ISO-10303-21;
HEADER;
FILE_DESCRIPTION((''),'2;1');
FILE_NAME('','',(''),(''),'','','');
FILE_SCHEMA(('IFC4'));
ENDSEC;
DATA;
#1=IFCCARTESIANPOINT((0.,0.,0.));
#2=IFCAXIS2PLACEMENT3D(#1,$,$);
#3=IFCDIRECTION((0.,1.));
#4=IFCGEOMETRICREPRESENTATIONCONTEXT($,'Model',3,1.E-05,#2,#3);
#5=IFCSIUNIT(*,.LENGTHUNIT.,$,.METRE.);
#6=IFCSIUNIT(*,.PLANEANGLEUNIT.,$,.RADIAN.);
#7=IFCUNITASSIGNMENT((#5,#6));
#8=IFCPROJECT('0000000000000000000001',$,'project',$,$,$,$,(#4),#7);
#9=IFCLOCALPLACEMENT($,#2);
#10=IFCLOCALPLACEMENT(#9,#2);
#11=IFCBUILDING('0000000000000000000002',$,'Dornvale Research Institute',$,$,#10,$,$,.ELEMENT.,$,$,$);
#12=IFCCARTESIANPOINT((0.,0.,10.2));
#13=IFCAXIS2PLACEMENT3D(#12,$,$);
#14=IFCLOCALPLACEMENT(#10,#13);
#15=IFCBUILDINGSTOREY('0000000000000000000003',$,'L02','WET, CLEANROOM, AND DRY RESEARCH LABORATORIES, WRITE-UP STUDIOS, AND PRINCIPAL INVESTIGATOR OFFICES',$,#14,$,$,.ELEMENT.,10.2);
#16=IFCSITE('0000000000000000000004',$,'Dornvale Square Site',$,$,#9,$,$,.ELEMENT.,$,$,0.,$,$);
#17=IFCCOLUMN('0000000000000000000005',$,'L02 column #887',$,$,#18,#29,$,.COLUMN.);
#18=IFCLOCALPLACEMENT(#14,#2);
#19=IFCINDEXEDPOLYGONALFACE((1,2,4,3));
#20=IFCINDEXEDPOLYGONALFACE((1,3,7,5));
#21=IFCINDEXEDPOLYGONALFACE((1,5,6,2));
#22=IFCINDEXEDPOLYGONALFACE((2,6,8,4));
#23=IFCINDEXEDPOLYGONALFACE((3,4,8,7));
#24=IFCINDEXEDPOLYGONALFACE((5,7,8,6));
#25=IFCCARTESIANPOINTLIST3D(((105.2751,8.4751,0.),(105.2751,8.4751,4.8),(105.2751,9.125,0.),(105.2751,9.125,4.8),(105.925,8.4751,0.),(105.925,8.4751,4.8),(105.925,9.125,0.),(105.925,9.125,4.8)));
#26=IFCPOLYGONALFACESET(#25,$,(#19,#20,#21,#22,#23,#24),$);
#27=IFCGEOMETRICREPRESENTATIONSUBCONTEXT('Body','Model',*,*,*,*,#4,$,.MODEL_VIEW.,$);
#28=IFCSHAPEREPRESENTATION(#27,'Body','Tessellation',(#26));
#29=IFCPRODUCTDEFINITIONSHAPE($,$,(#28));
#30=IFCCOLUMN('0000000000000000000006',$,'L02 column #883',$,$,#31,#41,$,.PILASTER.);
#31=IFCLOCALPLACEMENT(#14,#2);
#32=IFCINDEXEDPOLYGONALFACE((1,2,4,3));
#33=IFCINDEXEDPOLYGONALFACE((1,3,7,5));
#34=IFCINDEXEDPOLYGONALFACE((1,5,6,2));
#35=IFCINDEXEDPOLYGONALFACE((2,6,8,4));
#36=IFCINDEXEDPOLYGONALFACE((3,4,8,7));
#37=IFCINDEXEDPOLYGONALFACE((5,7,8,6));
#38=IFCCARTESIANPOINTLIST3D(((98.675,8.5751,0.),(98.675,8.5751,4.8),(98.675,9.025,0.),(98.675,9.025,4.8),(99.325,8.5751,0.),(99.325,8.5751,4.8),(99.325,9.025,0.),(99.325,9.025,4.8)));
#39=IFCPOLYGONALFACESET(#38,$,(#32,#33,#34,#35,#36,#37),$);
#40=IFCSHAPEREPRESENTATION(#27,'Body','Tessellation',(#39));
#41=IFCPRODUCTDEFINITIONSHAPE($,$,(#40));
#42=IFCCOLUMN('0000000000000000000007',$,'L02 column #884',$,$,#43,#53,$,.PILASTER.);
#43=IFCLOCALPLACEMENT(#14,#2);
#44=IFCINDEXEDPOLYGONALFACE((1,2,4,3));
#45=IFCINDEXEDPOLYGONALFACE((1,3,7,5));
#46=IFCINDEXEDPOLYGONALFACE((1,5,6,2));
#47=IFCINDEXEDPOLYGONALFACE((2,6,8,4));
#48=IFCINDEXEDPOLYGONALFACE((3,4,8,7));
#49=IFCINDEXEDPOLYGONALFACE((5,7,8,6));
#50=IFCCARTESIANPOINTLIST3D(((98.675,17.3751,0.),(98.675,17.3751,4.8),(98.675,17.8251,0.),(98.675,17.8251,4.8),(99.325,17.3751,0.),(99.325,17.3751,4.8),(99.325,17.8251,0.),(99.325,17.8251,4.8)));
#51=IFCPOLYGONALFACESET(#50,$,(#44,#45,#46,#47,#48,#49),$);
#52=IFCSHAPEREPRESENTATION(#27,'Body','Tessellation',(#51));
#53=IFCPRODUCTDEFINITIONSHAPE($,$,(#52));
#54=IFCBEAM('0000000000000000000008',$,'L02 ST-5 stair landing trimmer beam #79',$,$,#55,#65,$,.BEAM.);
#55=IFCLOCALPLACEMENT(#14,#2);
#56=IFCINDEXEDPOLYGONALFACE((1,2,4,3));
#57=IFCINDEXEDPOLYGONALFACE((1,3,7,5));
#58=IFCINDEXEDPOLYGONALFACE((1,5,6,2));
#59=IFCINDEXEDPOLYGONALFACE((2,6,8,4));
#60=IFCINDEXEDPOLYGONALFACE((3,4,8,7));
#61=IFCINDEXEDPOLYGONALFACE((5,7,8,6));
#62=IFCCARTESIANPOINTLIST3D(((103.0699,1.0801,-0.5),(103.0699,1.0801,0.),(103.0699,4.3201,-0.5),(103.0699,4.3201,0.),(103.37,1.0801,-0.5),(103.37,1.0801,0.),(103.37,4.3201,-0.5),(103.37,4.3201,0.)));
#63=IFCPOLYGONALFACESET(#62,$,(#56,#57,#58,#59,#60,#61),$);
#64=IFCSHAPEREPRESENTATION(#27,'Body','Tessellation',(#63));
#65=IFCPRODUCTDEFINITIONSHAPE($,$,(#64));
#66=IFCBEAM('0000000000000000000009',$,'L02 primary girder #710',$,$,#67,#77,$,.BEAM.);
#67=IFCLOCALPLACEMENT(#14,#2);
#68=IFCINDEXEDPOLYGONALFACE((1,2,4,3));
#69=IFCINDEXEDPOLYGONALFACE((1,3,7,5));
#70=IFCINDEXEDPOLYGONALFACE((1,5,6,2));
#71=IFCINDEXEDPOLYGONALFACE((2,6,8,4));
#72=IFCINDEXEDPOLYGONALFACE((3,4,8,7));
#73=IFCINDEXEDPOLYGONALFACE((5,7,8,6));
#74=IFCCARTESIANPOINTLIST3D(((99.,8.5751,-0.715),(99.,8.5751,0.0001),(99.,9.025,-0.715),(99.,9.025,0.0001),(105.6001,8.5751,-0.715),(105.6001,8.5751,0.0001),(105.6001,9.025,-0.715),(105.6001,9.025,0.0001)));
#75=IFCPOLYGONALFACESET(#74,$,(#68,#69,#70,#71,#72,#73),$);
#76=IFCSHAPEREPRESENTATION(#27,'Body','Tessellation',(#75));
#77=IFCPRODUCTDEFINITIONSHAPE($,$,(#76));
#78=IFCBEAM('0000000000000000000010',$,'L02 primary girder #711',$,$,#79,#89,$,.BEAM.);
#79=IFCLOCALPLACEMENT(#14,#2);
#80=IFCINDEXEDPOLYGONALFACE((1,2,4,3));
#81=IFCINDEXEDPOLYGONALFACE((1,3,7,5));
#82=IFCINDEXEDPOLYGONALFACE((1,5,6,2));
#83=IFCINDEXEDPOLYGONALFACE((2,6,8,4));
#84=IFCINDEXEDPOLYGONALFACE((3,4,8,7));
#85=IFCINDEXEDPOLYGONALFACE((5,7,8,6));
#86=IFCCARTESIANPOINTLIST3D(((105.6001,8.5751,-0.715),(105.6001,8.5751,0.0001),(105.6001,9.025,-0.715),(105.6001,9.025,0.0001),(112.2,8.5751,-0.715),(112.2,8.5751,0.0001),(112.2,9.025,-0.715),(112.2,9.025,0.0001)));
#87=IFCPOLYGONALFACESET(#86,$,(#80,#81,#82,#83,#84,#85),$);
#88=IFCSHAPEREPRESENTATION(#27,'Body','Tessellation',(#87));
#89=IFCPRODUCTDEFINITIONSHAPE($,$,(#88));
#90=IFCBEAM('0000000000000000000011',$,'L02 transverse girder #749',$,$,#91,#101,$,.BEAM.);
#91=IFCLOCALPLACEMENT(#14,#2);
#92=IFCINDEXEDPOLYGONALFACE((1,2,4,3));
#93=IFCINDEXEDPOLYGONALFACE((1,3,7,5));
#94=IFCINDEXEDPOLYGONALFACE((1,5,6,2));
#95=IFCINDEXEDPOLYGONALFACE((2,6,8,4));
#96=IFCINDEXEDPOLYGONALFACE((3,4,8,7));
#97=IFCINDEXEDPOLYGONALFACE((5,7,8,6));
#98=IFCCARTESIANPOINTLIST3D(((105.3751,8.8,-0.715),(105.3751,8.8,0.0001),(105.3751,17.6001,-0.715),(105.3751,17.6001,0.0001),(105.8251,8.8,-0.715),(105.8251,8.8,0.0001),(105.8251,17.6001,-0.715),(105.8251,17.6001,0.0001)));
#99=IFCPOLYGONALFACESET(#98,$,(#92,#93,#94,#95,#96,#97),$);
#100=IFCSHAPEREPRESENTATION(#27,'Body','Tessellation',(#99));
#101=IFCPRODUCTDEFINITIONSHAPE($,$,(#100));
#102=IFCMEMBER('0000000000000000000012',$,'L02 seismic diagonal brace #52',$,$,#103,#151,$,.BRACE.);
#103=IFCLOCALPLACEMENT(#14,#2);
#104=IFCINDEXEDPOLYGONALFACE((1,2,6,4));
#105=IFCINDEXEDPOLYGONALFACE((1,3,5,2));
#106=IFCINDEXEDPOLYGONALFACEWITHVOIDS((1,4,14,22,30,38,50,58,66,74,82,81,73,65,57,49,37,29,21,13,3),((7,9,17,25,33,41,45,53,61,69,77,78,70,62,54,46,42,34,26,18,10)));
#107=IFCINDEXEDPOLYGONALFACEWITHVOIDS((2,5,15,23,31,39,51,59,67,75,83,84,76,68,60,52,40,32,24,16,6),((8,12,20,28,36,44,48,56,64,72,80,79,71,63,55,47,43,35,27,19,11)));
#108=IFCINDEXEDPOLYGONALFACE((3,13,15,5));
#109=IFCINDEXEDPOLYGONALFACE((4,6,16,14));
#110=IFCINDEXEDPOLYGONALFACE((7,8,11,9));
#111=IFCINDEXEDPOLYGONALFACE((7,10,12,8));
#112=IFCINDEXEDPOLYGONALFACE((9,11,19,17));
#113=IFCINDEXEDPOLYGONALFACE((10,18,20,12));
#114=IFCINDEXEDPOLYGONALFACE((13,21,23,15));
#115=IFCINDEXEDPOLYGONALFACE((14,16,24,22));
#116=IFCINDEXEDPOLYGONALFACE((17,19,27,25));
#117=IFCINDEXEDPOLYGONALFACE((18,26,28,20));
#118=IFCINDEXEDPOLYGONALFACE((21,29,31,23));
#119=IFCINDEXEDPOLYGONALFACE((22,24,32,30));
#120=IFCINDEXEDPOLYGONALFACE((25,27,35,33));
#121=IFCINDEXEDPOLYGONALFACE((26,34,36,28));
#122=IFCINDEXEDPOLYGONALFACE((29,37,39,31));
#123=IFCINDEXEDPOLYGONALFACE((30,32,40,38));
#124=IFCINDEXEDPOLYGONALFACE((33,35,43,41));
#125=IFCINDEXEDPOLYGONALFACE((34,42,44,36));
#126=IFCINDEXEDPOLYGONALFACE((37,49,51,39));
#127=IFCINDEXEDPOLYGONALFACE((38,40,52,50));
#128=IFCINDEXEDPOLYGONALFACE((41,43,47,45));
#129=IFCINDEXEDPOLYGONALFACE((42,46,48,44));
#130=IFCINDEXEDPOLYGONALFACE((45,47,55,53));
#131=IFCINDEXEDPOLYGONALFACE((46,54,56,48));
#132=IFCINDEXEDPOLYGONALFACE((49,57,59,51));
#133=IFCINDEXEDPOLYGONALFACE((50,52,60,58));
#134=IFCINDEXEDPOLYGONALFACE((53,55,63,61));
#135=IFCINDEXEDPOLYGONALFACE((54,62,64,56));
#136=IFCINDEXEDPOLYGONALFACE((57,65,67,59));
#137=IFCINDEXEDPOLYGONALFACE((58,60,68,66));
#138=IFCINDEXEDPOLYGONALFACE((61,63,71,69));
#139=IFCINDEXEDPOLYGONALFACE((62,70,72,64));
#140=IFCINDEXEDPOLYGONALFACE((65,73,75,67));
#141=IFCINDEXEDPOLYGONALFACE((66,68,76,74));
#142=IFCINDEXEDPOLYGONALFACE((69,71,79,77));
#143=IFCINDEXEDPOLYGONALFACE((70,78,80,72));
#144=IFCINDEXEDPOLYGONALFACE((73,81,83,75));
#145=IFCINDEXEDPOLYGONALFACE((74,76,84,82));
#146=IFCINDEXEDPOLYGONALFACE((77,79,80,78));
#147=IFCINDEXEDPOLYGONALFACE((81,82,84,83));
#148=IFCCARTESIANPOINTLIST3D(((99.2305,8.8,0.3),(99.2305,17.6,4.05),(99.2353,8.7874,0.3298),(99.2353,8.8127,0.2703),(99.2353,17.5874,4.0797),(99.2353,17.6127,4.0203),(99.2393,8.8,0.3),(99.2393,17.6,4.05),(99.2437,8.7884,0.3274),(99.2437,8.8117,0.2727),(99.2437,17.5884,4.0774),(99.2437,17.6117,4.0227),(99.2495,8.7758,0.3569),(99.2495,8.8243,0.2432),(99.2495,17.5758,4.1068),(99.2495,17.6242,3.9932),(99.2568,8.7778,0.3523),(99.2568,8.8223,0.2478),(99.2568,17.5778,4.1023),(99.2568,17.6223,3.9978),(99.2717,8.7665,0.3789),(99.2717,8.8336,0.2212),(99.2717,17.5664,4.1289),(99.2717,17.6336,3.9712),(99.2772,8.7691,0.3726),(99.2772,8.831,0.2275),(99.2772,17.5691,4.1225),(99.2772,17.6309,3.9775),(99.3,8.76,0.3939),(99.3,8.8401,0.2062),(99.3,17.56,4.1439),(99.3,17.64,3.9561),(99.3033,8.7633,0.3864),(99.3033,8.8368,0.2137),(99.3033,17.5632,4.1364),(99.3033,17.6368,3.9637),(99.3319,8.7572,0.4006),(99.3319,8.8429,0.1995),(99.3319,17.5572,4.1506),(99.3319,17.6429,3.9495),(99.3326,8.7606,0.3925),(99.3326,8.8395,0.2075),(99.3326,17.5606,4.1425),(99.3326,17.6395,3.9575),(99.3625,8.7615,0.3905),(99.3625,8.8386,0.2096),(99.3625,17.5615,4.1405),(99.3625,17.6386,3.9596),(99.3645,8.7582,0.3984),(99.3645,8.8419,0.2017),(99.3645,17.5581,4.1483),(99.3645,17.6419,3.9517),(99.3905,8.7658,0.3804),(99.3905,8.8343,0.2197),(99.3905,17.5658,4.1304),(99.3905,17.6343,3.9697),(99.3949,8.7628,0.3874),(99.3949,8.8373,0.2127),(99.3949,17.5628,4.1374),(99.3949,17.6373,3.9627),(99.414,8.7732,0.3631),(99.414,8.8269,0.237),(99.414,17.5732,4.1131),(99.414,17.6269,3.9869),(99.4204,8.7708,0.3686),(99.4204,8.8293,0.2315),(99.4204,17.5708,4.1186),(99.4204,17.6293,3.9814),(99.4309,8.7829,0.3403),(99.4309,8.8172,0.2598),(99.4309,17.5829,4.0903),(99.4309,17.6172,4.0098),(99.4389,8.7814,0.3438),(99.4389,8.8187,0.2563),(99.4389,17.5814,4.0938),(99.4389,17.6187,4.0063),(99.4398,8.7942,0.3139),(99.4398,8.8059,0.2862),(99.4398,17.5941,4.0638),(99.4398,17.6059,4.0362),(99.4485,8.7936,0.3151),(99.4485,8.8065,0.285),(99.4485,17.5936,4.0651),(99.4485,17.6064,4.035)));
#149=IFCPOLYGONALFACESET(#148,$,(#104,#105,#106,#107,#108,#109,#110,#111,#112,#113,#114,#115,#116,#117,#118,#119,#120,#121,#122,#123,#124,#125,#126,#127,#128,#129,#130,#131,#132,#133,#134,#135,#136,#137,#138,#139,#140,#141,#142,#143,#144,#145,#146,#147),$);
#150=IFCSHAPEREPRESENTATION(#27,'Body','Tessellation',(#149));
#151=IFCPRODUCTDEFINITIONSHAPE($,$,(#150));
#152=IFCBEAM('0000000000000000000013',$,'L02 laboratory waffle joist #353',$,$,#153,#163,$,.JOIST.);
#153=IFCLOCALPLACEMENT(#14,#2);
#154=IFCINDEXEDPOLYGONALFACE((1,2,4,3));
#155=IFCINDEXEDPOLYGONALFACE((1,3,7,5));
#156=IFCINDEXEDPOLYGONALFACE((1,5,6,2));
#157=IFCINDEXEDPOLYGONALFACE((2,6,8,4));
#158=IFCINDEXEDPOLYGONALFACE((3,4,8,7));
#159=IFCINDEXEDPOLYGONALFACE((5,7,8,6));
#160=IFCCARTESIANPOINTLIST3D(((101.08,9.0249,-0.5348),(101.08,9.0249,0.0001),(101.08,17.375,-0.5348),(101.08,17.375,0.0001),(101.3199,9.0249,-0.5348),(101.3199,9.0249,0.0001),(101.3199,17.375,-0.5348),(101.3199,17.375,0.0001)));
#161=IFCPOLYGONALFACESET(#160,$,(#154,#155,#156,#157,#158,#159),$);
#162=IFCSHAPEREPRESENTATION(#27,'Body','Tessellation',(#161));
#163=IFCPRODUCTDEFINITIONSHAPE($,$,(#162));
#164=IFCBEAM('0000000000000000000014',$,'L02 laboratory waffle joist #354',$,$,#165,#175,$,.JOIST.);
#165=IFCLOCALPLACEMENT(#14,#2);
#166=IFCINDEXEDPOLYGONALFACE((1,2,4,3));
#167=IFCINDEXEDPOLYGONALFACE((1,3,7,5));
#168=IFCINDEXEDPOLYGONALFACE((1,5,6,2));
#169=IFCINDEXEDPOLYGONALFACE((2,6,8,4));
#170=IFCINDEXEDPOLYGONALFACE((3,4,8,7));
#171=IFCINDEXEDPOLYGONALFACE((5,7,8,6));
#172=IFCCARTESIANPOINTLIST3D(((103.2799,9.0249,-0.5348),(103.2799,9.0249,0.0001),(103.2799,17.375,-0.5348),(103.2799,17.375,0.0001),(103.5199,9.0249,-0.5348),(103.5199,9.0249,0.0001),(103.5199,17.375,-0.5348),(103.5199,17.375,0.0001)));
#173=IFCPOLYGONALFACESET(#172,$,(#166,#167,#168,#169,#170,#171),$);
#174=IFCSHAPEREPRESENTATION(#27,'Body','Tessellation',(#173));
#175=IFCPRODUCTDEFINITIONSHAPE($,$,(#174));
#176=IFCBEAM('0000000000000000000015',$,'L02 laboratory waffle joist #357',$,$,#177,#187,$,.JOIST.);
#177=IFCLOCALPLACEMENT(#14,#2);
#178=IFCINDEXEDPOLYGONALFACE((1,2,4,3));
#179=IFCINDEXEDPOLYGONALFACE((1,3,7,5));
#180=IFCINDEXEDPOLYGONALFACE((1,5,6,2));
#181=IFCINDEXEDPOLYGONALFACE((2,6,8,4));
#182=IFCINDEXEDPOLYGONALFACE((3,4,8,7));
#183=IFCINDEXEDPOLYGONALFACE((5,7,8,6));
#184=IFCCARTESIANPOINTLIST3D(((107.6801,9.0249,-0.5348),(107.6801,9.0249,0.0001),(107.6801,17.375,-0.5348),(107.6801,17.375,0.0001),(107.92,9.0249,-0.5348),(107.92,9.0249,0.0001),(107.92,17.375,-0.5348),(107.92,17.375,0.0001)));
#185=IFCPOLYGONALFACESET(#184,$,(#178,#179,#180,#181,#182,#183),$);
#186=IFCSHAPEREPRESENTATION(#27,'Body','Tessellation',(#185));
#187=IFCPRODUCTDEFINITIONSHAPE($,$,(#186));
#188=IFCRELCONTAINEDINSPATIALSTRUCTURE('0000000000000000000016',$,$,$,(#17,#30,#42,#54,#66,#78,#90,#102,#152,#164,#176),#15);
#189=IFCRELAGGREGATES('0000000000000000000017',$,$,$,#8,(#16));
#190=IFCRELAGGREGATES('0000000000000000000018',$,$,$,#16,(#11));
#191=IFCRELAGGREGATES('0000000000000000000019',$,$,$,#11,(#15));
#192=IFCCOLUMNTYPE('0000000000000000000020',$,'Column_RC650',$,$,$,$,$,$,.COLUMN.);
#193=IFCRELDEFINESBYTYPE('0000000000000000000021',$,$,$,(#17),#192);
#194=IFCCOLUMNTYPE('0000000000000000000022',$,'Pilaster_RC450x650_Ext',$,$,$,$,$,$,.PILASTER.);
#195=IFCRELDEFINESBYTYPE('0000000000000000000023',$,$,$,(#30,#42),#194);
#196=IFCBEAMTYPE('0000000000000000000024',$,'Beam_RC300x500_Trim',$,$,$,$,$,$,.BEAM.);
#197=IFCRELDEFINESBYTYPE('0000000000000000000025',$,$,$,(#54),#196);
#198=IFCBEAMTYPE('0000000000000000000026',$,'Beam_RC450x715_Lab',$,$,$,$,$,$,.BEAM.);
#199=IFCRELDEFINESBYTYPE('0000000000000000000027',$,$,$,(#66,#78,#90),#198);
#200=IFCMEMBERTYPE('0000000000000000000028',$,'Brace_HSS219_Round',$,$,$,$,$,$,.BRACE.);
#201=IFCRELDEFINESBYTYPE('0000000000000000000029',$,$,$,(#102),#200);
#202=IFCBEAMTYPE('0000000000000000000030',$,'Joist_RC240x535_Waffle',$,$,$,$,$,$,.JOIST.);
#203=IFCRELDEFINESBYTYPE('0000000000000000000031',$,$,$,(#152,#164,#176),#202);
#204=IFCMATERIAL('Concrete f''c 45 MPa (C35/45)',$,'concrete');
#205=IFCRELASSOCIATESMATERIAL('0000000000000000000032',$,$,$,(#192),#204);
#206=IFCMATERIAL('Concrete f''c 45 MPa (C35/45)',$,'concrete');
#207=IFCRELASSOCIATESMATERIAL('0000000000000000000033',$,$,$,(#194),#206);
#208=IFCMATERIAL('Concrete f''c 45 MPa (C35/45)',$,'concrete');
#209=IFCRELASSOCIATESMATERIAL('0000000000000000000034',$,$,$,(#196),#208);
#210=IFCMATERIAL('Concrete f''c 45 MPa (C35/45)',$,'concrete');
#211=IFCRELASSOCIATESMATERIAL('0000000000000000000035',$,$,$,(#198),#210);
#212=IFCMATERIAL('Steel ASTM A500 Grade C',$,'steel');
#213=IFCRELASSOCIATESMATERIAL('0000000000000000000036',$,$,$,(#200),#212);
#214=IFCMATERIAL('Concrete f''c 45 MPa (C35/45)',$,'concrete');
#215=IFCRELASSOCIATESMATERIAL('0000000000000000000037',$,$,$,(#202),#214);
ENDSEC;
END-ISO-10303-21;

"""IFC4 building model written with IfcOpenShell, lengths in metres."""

from ifc_helpers import new_model, si_unit, direction, frame, origin, origin_2d, place, context, subcontext, project, spatial, rectangle, hollow_circle, extrude, material, material_profile, profile_set, type_object, element, save


model = new_model("IFC4")

# Units and contexts
model_context = context("Model", 3, precision=1e-05, world=origin(), true_north=direction((0.0, 1.0)))
body_context = subcontext(model_context, "Body", "Model", "MODEL_VIEW")
ifc_project = project(units=[si_unit("LENGTHUNIT", "METRE"), si_unit("PLANEANGLEUNIT", "RADIAN")], contexts=[model_context])

# Site, building, storey
site_placement = place(None, origin())
site = spatial("IfcSite", under=ifc_project, at=site_placement, Name="Dornvale Square Site", CompositionType="ELEMENT", RefElevation=0.0)
building_placement = place(site_placement, origin())
building = spatial("IfcBuilding", under=site, at=building_placement, Name="Dornvale Research Institute", CompositionType="ELEMENT")
storey_placement = place(building_placement, frame((0.0, 0.0, 10.2)))
storey = spatial("IfcBuildingStorey", under=building, at=storey_placement, Name="L02", Description="WET, CLEANROOM, AND DRY RESEARCH LABORATORIES, WRITE-UP STUDIOS, AND PRINCIPAL INVESTIGATOR OFFICES", CompositionType="ELEMENT", Elevation=10.2)

# Columns
ifc_material_1 = material(Name="Concrete f'c 45 MPa (C35/45)", Category="concrete")
ifc_material_profile_1 = material_profile(ifc_material_1, rectangle(XDim=0.6499, YDim=0.6499, at=origin_2d()), Name="RC 650x650")
ifc_profile_set_1 = profile_set([ifc_material_profile_1], Name="Concrete f'c 45 MPa (C35/45)")
column_type_1 = type_object("IfcColumnType", Name="Column_RC650", PredefinedType="COLUMN", material=ifc_profile_set_1)
column_placement = place(storey_placement, frame((105.6001, 8.8, 0.0), z_axis=(0.0, 0.0, 1.0), x_axis=(1.0, 0.0, 0.0)))
element("IfcColumn", 1, at=column_placement, inside=storey, type_object=column_type_1, Name="L02 column #887", PredefinedType="COLUMN", context=body_context, shape_type="SweptSolid", body=[
    extrude(rectangle(XDim=0.6499, YDim=0.6499, at=origin_2d()), origin(), (0.0, 0.0, 1.0), 4.8),
])
ifc_material_2 = material(Name="Concrete f'c 45 MPa (C35/45)", Category="concrete")
ifc_material_profile_2 = material_profile(ifc_material_2, rectangle(XDim=0.45, YDim=0.6499, at=origin_2d()), Name="RC 450x650")
ifc_profile_set_2 = profile_set([ifc_material_profile_2], Name="Concrete f'c 45 MPa (C35/45)")
column_type_2 = type_object("IfcColumnType", Name="Pilaster_RC450x650_Ext", PredefinedType="PILASTER", material=ifc_profile_set_2)
for number, where, z_axis, x_axis, name in (
    (2, (99.0, 8.8, 0.0), (0.0, 0.0, 1.0), (0.0, 1.0, 0.0), "L02 column #883"),
    (3, (99.0, 17.6001, 0.0), (0.0, 0.0, 1.0), (0.0, 1.0, 0.0), "L02 column #884"),
):
    element("IfcColumn", number, at=place(storey_placement, frame(where, z_axis=z_axis, x_axis=x_axis)), inside=storey, type_object=column_type_2, Name=name, PredefinedType="PILASTER", context=body_context, shape_type="SweptSolid", body=[
        extrude(rectangle(XDim=0.45, YDim=0.6499, at=origin_2d()), origin(), (0.0, 0.0, 1.0), 4.8),
    ])

# Beams
ifc_material_3 = material(Name="Concrete f'c 45 MPa (C35/45)", Category="concrete")
ifc_material_profile_3 = material_profile(ifc_material_3, rectangle(XDim=0.3, YDim=0.5, at=origin_2d()), Name="RC 300x500")
ifc_profile_set_3 = profile_set([ifc_material_profile_3], Name="Concrete f'c 45 MPa (C35/45)")
beam_type_1 = type_object("IfcBeamType", Name="Beam_RC300x500_Trim", PredefinedType="BEAM", material=ifc_profile_set_3)
beam_1_placement = place(storey_placement, frame((103.22, 1.0801, -0.25), z_axis=(0.0, 1.0, 0.0), x_axis=(-1.0, 0.0, 0.0)))
element("IfcBeam", 4, at=beam_1_placement, inside=storey, type_object=beam_type_1, Name="L02 ST-5 stair landing trimmer beam #79", PredefinedType="BEAM", context=body_context, shape_type="SweptSolid", body=[
    extrude(rectangle(XDim=0.3, YDim=0.5, at=origin_2d()), origin(), (0.0, 0.0, 1.0), 3.24),
])
ifc_material_4 = material(Name="Concrete f'c 45 MPa (C35/45)", Category="concrete")
ifc_material_profile_4 = material_profile(ifc_material_4, rectangle(XDim=0.45, YDim=0.7151, at=origin_2d()), Name="RC 450x715")
ifc_profile_set_4 = profile_set([ifc_material_profile_4], Name="Concrete f'c 45 MPa (C35/45)")
beam_type_2 = type_object("IfcBeamType", Name="Beam_RC450x715_Lab", PredefinedType="BEAM", material=ifc_profile_set_4)
beam_2_placement = place(storey_placement, frame((99.0, 8.8, -0.3574), z_axis=(1.0, 0.0, 0.0), x_axis=(0.0, 1.0, 0.0)))
element("IfcBeam", 5, at=beam_2_placement, inside=storey, type_object=beam_type_2, Name="L02 primary girder #710", PredefinedType="BEAM", context=body_context, shape_type="SweptSolid", body=[
    extrude(rectangle(XDim=0.45, YDim=0.7151, at=origin_2d()), origin(), (0.0, 0.0, 1.0), 6.6001),
])
beam_3_placement = place(storey_placement, frame((105.6001, 8.8, -0.3574), z_axis=(1.0, 0.0, 0.0), x_axis=(0.0, 1.0, 0.0)))
element("IfcBeam", 6, at=beam_3_placement, inside=storey, type_object=beam_type_2, Name="L02 primary girder #711", PredefinedType="BEAM", context=body_context, shape_type="SweptSolid", body=[
    extrude(rectangle(XDim=0.45, YDim=0.7151, at=origin_2d()), origin(), (0.0, 0.0, 1.0), 6.5999),
])
beam_4_placement = place(storey_placement, frame((105.6001, 8.8, -0.3574), z_axis=(0.0, 1.0, 0.0), x_axis=(-1.0, 0.0, 0.0)))
element("IfcBeam", 7, at=beam_4_placement, inside=storey, type_object=beam_type_2, Name="L02 transverse girder #749", PredefinedType="BEAM", context=body_context, shape_type="SweptSolid", body=[
    extrude(rectangle(XDim=0.45, YDim=0.7151, at=origin_2d()), origin(), (0.0, 0.0, 1.0), 8.8),
])

# Member
ifc_material_5 = material(Name="Steel ASTM A500 Grade C", Category="steel")
ifc_material_profile_5 = material_profile(ifc_material_5, hollow_circle(Radius=0.1096, WallThickness=0.0088, at=origin_2d()), Name="HSS219X9.5")
ifc_profile_set_5 = profile_set([ifc_material_profile_5], Name="Steel ASTM A500 Grade C")
member_type = type_object("IfcMemberType", Name="Brace_HSS219_Round", PredefinedType="BRACE", material=ifc_profile_set_5)
member_placement = place(storey_placement, frame((99.3401, 8.8, 0.3), z_axis=(0.0, 0.919955, 0.392024), x_axis=(-1.0, 0.0, 0.0)))
element("IfcMember", 8, at=member_placement, inside=storey, type_object=member_type, Name="L02 seismic diagonal brace #52", PredefinedType="BRACE", context=body_context, shape_type="SweptSolid", body=[
    extrude(hollow_circle(Radius=0.1096, WallThickness=0.0088, at=origin_2d()), origin(), (0.0, 0.0, 1.0), 9.5657),
])

# Beams
ifc_material_6 = material(Name="Concrete f'c 45 MPa (C35/45)", Category="concrete")
ifc_material_profile_6 = material_profile(ifc_material_6, rectangle(XDim=0.24, YDim=0.5349, at=origin_2d()), Name="RC 240x535")
ifc_profile_set_6 = profile_set([ifc_material_profile_6], Name="Concrete f'c 45 MPa (C35/45)")
beam_type_3 = type_object("IfcBeamType", Name="Joist_RC240x535_Waffle", PredefinedType="JOIST", material=ifc_profile_set_6)
for number, where, z_axis, x_axis, name in (
    (9, (101.2, 9.0249, -0.2673), (0.0, 1.0, 0.0), (-1.0, 0.0, 0.0), "L02 laboratory waffle joist #353"),
    (10, (103.3999, 9.0249, -0.2673), (0.0, 1.0, 0.0), (-1.0, 0.0, 0.0), "L02 laboratory waffle joist #354"),
    (11, (107.8, 9.0249, -0.2673), (0.0, 1.0, 0.0), (-1.0, 0.0, 0.0), "L02 laboratory waffle joist #357"),
):
    element("IfcBeam", number, at=place(storey_placement, frame(where, z_axis=z_axis, x_axis=x_axis)), inside=storey, type_object=beam_type_3, Name=name, PredefinedType="JOIST", context=body_context, shape_type="SweptSolid", body=[
        extrude(rectangle(XDim=0.24, YDim=0.5349, at=origin_2d()), origin(), (0.0, 0.0, 1.0), 8.3501),
    ])

save(model, "model.ifc")
